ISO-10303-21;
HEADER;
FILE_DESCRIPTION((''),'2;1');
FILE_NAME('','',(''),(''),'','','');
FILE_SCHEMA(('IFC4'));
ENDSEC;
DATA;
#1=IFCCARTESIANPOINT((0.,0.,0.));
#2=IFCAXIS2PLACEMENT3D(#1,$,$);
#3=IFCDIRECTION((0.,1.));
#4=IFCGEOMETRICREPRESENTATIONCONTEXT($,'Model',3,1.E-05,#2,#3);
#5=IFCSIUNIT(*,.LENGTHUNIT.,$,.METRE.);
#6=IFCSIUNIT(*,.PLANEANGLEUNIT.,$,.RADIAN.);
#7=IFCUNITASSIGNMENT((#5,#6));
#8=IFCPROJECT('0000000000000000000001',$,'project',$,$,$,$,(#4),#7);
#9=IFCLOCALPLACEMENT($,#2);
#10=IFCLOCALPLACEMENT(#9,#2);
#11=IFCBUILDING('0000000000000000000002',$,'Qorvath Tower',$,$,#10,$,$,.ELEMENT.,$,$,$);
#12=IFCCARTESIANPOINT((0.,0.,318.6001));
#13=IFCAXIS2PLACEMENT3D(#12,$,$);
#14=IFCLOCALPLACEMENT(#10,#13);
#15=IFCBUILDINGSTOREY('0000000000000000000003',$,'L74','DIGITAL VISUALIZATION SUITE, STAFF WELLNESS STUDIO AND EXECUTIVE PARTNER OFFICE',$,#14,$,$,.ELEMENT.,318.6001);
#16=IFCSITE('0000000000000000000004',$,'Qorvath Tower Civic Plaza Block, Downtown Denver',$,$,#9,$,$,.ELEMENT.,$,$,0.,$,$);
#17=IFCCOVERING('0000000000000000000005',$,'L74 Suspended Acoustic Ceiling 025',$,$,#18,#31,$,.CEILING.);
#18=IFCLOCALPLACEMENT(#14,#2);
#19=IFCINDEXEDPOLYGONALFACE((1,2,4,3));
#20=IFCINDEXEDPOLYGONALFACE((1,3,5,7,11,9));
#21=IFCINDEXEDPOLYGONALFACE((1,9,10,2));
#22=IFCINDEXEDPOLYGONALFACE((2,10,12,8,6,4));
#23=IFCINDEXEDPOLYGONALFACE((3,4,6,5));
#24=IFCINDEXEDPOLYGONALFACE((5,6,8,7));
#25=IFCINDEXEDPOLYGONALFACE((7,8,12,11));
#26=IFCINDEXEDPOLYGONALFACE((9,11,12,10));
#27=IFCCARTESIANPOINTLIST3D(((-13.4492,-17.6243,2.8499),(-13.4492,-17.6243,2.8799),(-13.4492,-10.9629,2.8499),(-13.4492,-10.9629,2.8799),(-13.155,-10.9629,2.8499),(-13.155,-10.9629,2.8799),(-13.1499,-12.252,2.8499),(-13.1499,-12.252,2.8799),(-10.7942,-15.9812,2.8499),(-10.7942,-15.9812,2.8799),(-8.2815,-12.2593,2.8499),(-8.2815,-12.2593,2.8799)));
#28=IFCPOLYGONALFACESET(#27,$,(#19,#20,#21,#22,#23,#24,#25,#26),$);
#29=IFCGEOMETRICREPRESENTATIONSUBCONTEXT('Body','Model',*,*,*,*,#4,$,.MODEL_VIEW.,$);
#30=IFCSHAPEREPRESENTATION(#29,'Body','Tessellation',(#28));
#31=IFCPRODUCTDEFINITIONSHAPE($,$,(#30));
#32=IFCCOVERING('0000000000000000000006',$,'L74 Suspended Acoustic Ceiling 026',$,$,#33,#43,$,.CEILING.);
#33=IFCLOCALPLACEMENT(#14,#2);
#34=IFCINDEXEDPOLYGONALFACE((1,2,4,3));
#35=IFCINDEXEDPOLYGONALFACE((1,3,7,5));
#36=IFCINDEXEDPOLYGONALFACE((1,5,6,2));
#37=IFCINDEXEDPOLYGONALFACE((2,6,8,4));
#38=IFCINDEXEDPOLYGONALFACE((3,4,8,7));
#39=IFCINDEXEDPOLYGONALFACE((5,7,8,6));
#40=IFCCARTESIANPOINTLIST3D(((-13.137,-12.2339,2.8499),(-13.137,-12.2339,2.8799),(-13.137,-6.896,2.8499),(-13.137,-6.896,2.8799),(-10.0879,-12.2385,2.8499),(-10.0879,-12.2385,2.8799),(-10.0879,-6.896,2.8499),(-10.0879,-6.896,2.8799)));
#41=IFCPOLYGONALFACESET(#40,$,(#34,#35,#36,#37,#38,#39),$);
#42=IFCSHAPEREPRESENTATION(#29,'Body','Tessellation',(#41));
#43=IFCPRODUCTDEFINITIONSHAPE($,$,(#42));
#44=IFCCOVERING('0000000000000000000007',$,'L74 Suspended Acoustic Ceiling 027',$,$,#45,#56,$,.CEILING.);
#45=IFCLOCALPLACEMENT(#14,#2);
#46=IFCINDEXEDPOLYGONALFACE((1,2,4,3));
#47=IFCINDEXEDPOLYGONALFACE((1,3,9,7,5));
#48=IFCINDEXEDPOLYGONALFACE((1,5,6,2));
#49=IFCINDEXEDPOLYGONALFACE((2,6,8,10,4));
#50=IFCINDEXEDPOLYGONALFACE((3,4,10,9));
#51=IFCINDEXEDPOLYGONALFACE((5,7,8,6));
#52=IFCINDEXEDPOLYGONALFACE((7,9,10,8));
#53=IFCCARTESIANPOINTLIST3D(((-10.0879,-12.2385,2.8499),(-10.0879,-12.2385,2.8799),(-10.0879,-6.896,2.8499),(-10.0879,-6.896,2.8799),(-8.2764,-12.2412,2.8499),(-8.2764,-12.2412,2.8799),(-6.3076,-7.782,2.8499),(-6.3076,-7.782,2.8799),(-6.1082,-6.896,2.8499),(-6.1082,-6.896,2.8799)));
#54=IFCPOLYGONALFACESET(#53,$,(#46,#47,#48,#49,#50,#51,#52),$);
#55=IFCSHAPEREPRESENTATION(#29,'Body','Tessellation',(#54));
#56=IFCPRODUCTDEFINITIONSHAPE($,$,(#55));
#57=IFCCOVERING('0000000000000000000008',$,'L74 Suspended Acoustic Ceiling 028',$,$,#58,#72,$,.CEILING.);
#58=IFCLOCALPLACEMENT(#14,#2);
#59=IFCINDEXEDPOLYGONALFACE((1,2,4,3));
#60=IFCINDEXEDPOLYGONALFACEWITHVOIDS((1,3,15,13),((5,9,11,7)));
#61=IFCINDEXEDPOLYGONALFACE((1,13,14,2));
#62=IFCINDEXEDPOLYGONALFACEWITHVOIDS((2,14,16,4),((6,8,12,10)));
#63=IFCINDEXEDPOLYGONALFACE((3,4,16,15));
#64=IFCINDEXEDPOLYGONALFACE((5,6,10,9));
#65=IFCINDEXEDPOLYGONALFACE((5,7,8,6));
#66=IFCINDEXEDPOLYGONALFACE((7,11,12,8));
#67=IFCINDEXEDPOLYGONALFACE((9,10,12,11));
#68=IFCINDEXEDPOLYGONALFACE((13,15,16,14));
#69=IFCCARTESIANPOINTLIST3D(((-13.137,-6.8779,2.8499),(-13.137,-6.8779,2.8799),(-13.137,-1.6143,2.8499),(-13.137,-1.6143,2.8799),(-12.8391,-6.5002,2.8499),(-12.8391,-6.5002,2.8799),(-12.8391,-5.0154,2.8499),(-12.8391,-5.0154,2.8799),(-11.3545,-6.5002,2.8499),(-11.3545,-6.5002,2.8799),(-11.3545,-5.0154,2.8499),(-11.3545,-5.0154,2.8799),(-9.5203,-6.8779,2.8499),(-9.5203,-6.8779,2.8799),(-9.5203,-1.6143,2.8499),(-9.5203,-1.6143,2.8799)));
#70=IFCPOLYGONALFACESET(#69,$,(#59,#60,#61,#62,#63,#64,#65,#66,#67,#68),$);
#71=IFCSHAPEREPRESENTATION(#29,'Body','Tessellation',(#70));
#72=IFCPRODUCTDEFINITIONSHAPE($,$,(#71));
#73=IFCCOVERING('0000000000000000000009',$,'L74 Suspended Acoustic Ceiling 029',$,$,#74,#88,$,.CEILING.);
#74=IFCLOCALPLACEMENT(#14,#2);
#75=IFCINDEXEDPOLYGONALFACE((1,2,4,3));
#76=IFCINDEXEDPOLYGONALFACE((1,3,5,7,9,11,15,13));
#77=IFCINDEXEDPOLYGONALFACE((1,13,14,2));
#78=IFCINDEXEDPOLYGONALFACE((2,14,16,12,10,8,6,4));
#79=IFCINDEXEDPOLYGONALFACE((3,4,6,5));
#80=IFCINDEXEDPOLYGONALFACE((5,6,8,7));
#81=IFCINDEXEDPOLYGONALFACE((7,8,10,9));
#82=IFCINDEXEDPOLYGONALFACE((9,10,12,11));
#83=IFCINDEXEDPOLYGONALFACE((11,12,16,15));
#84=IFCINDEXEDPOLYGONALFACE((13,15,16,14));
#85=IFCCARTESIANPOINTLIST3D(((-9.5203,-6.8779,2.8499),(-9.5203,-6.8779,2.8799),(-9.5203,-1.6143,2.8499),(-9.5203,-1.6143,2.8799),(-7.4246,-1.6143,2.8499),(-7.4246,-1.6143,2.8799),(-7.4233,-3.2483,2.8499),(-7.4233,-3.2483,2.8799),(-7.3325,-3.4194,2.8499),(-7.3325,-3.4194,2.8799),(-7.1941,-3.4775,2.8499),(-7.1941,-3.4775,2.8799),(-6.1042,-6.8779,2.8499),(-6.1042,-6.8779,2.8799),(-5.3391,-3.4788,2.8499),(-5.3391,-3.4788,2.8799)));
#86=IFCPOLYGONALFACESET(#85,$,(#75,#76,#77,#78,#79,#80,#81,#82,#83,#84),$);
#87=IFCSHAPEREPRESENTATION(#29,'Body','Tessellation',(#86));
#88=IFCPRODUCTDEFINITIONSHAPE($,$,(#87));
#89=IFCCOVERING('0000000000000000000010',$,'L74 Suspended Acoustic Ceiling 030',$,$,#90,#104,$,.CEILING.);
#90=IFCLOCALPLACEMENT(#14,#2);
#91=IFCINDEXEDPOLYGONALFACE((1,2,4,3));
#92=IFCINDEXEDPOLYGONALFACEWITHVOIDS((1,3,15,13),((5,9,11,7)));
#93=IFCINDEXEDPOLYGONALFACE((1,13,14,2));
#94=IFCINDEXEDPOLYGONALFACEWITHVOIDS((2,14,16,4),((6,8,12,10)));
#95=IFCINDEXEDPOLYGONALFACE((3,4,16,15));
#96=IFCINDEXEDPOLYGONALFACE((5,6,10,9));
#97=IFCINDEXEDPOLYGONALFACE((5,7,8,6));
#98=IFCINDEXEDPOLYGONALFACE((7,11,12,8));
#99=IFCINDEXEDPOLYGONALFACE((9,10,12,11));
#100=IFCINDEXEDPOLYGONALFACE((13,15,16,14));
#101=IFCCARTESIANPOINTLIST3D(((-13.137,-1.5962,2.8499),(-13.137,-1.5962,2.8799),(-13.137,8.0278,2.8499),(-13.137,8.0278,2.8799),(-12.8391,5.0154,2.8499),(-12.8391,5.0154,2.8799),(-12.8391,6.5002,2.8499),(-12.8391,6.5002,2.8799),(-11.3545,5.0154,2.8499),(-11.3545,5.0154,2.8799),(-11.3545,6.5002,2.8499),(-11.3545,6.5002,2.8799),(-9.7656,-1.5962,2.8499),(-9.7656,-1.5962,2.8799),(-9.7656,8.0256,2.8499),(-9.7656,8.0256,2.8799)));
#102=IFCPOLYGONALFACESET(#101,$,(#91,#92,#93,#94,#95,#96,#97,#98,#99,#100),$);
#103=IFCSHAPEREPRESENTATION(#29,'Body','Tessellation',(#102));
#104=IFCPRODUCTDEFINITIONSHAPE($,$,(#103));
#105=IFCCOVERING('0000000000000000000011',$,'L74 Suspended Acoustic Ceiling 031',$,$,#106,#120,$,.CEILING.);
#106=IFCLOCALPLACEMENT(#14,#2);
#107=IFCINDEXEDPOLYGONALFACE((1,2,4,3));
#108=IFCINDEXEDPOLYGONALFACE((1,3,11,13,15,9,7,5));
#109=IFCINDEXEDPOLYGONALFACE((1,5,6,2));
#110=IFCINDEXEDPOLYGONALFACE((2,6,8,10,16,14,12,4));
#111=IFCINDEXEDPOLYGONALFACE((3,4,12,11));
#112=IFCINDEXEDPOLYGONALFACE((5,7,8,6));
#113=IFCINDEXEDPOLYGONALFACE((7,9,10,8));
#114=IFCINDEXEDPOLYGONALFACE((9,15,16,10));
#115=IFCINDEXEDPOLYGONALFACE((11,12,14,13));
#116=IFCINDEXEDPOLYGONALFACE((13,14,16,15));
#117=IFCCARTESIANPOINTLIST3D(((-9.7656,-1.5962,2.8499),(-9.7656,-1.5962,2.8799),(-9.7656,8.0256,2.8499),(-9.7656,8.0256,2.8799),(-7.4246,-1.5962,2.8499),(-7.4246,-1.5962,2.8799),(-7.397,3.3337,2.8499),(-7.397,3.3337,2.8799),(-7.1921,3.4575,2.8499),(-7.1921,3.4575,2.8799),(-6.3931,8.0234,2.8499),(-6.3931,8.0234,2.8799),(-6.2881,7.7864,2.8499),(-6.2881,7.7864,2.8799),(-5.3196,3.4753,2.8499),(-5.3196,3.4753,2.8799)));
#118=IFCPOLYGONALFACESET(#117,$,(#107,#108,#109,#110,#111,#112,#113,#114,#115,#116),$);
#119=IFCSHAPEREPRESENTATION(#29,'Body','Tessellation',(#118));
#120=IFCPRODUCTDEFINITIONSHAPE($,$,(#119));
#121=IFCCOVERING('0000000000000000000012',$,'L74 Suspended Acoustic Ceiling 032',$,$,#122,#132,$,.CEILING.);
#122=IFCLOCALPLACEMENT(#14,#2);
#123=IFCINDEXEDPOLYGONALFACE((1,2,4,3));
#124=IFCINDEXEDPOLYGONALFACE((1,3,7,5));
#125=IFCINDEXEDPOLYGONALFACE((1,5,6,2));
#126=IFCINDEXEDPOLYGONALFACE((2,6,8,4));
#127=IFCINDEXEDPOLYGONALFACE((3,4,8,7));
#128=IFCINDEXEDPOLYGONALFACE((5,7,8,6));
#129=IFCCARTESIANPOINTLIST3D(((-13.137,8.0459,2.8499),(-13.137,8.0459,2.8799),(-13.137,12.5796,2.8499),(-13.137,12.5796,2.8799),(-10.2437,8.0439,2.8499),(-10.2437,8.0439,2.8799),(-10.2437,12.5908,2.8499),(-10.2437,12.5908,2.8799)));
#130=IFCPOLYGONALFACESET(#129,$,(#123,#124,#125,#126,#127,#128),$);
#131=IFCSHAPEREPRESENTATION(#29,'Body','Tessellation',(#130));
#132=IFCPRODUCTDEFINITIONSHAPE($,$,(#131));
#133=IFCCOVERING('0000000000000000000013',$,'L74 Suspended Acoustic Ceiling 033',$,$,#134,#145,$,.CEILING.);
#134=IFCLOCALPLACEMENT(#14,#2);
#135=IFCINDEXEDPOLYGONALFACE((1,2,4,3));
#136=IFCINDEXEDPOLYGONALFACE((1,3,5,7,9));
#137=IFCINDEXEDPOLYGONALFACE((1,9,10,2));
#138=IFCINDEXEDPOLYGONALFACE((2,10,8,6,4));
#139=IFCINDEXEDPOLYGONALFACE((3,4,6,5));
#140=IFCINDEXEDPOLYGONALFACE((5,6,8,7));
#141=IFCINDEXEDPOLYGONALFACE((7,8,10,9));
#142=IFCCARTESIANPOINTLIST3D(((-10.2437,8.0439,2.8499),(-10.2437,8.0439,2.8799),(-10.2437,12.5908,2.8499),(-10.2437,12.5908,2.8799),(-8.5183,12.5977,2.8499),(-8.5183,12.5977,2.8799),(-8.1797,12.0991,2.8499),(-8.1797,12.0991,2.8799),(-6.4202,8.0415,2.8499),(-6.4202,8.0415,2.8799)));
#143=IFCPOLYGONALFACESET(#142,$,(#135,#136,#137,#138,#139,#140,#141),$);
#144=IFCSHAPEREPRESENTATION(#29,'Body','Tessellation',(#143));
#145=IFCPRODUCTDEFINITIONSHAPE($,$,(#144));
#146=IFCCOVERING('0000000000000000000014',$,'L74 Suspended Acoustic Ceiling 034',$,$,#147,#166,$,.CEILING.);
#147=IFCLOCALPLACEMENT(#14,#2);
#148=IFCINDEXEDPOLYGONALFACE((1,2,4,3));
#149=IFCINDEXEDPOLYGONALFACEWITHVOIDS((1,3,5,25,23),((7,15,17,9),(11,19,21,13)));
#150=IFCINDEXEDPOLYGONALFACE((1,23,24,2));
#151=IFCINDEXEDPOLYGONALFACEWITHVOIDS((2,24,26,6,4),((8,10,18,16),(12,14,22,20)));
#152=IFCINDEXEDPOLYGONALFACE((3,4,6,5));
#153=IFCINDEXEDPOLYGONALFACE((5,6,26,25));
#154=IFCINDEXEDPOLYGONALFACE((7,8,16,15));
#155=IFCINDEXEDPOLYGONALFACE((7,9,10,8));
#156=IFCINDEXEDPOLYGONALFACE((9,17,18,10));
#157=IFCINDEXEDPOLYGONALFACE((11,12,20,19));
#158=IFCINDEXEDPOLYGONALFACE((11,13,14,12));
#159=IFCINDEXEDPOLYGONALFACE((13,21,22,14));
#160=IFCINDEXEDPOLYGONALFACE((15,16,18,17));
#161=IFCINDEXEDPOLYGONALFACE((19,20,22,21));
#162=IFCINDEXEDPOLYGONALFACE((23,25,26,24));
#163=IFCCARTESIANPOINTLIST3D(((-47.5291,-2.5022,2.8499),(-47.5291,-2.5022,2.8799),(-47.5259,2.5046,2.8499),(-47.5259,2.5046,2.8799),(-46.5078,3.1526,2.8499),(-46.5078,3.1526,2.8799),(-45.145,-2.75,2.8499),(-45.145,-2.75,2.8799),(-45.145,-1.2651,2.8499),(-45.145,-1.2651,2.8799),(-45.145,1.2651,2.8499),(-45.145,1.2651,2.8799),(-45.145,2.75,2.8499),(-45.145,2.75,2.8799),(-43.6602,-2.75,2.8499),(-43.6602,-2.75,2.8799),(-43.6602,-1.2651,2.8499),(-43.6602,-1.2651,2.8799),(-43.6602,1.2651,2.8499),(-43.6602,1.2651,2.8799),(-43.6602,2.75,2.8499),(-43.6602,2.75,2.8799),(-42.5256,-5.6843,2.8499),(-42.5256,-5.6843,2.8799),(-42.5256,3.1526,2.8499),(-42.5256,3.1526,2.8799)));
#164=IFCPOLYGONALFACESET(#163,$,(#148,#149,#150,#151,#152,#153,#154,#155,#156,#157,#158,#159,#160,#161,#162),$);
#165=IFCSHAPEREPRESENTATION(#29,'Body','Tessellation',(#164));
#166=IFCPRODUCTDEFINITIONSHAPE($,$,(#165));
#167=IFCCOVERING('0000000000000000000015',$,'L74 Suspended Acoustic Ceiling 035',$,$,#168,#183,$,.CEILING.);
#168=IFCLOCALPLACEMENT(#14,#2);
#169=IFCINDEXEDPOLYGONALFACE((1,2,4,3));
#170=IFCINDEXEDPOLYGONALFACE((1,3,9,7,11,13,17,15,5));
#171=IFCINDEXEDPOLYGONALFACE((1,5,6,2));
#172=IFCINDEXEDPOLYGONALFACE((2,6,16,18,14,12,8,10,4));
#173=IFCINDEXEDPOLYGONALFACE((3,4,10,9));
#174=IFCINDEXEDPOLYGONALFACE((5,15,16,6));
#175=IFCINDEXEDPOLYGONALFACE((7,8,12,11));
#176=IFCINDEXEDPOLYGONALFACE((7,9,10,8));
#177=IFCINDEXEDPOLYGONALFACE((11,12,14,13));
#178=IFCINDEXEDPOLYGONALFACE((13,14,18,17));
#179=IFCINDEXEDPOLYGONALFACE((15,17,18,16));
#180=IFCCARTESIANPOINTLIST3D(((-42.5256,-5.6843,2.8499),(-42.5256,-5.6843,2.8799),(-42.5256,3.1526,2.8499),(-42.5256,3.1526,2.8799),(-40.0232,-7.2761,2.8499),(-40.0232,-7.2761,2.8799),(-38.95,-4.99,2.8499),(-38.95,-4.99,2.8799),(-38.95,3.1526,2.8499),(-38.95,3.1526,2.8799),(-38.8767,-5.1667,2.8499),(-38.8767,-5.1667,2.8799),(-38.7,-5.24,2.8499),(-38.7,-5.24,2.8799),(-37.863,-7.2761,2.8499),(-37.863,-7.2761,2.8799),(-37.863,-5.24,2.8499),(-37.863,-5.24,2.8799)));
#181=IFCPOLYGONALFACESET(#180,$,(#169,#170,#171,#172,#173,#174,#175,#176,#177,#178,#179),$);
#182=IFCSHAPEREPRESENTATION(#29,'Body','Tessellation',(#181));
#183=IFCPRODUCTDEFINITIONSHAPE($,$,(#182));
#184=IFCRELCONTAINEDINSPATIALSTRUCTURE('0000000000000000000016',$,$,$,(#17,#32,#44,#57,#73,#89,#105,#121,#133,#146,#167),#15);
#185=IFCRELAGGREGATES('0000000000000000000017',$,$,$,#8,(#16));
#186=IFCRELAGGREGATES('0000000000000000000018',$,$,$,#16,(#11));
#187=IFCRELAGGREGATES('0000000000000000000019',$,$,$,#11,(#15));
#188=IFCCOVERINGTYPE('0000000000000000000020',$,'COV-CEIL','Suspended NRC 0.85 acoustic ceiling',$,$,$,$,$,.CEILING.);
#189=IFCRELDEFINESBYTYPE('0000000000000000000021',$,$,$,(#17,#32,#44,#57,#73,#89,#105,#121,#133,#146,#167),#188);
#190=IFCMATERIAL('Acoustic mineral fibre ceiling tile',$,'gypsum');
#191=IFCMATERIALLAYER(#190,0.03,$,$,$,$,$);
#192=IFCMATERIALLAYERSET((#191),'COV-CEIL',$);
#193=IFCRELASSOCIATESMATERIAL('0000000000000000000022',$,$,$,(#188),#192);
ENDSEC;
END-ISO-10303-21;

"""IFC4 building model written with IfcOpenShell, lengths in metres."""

from ifc_helpers import new_model, si_unit, direction, frame, origin, place, context, subcontext, project, spatial, polyline, outline, extrude, material, layer, layer_set, type_object, element, save


model = new_model("IFC4")

# Units and contexts
model_context = context("Model", 3, precision=1e-05, world=origin(), true_north=direction((0.0, 1.0)))
body_context = subcontext(model_context, "Body", "Model", "MODEL_VIEW")
ifc_project = project(units=[si_unit("LENGTHUNIT", "METRE"), si_unit("PLANEANGLEUNIT", "RADIAN")], contexts=[model_context])

# Site, building, storey
site_placement = place(None, origin())
site = spatial("IfcSite", under=ifc_project, at=site_placement, Name="Qorvath Tower Civic Plaza Block, Downtown Denver", CompositionType="ELEMENT", RefElevation=0.0)
building_placement = place(site_placement, origin())
building = spatial("IfcBuilding", under=site, at=building_placement, Name="Qorvath Tower", CompositionType="ELEMENT")
storey_placement = place(building_placement, frame((0.0, 0.0, 318.6001)))
storey = spatial("IfcBuildingStorey", under=building, at=storey_placement, Name="L74", Description="DIGITAL VISUALIZATION SUITE, STAFF WELLNESS STUDIO AND EXECUTIVE PARTNER OFFICE", CompositionType="ELEMENT", Elevation=318.6001)

# Coverings
ifc_material_1 = material(Name="Acoustic mineral fibre ceiling tile", Category="gypsum")
ifc_layer_1 = layer(ifc_material_1, 0.03)
ifc_layer_set_1 = layer_set([ifc_layer_1], Name="COV-CEIL")
covering_type_1 = type_object("IfcCoveringType", Name="COV-CEIL", Description="Suspended NRC 0.85 acoustic ceiling", PredefinedType="CEILING", material=ifc_layer_set_1)
covering_1_placement = place(storey_placement, frame((0.0, 0.0, 2.8499)))
element("IfcCovering", 1, at=covering_1_placement, inside=storey, type_object=covering_type_1, Name="L74 Suspended Acoustic Ceiling 025", PredefinedType="CEILING", context=body_context, shape_type="SweptSolid", body=[
    extrude(outline(polyline([(-13.155, -10.9629), (-13.4492, -10.9629), (-13.4492, -17.6243), (-10.7942, -15.9812), (-8.2815, -12.2593), (-13.1499, -12.252), (-13.155, -10.9629)])), origin(), (0.0, 0.0, 1.0), 0.03),
])
covering_2_placement = place(storey_placement, frame((0.0, 0.0, 2.8499)))
element("IfcCovering", 2, at=covering_2_placement, inside=storey, type_object=covering_type_1, Name="L74 Suspended Acoustic Ceiling 026", PredefinedType="CEILING", context=body_context, shape_type="SweptSolid", body=[
    extrude(outline(polyline([(-13.137, -12.2339), (-10.0879, -12.2385), (-10.0879, -6.896), (-13.137, -6.896), (-13.137, -12.2339)])), origin(), (0.0, 0.0, 1.0), 0.03),
])
covering_3_placement = place(storey_placement, frame((0.0, 0.0, 2.8499)))
element("IfcCovering", 3, at=covering_3_placement, inside=storey, type_object=covering_type_1, Name="L74 Suspended Acoustic Ceiling 027", PredefinedType="CEILING", context=body_context, shape_type="SweptSolid", body=[
    extrude(outline(polyline([(-10.0879, -6.896), (-10.0879, -12.2385), (-8.2764, -12.2412), (-6.3076, -7.782), (-6.1082, -6.896), (-10.0879, -6.896)])), origin(), (0.0, 0.0, 1.0), 0.03),
])
covering_4_placement = place(storey_placement, frame((0.0, 0.0, 2.8499)))
element("IfcCovering", 4, at=covering_4_placement, inside=storey, type_object=covering_type_1, Name="L74 Suspended Acoustic Ceiling 028", PredefinedType="CEILING", context=body_context, shape_type="SweptSolid", body=[
    extrude(outline(polyline([(-9.5203, -6.8779), (-9.5203, -1.6143), (-13.137, -1.6143), (-13.137, -6.8779), (-9.5203, -6.8779)]), holes=[polyline([(-12.8391, -6.5002), (-12.8391, -5.0154), (-11.3545, -5.0154), (-11.3545, -6.5002), (-12.8391, -6.5002)])]), origin(), (0.0, 0.0, 1.0), 0.03),
])
covering_5_placement = place(storey_placement, frame((0.0, 0.0, 2.8499)))
element("IfcCovering", 5, at=covering_5_placement, inside=storey, type_object=covering_type_1, Name="L74 Suspended Acoustic Ceiling 029", PredefinedType="CEILING", context=body_context, shape_type="SweptSolid", body=[
    extrude(outline(polyline([(-7.3325, -3.4194), (-7.4233, -3.2483), (-7.4246, -1.6143), (-9.5203, -1.6143), (-9.5203, -6.8779), (-6.1042, -6.8779), (-5.3391, -3.4788), (-7.1941, -3.4775), (-7.3325, -3.4194)])), origin(), (0.0, 0.0, 1.0), 0.03),
])
covering_6_placement = place(storey_placement, frame((0.0, 0.0, 2.8499)))
element("IfcCovering", 6, at=covering_6_placement, inside=storey, type_object=covering_type_1, Name="L74 Suspended Acoustic Ceiling 030", PredefinedType="CEILING", context=body_context, shape_type="SweptSolid", body=[
    extrude(outline(polyline([(-9.7656, -1.5962), (-9.7656, 8.0256), (-13.137, 8.0278), (-13.137, -1.5962), (-9.7656, -1.5962)]), holes=[polyline([(-12.8391, 5.0154), (-12.8391, 6.5002), (-11.3545, 6.5002), (-11.3545, 5.0154), (-12.8391, 5.0154)])]), origin(), (0.0, 0.0, 1.0), 0.03),
])
covering_7_placement = place(storey_placement, frame((0.0, 0.0, 2.8499)))
element("IfcCovering", 7, at=covering_7_placement, inside=storey, type_object=covering_type_1, Name="L74 Suspended Acoustic Ceiling 031", PredefinedType="CEILING", context=body_context, shape_type="SweptSolid", body=[
    extrude(outline(polyline([(-7.4246, -1.5962), (-7.397, 3.3337), (-7.1921, 3.4575), (-5.3196, 3.4753), (-6.2881, 7.7864), (-6.3931, 8.0234), (-9.7656, 8.0256), (-9.7656, -1.5962), (-7.4246, -1.5962)])), origin(), (0.0, 0.0, 1.0), 0.03),
])
covering_8_placement = place(storey_placement, frame((0.0, 0.0, 2.8499)))
element("IfcCovering", 8, at=covering_8_placement, inside=storey, type_object=covering_type_1, Name="L74 Suspended Acoustic Ceiling 032", PredefinedType="CEILING", context=body_context, shape_type="SweptSolid", body=[
    extrude(outline(polyline([(-13.137, 12.5796), (-13.137, 8.0459), (-10.2437, 8.0439), (-10.2437, 12.5908), (-13.137, 12.5796)])), origin(), (0.0, 0.0, 1.0), 0.03),
])
covering_9_placement = place(storey_placement, frame((0.0, 0.0, 2.8499)))
element("IfcCovering", 9, at=covering_9_placement, inside=storey, type_object=covering_type_1, Name="L74 Suspended Acoustic Ceiling 033", PredefinedType="CEILING", context=body_context, shape_type="SweptSolid", body=[
    extrude(outline(polyline([(-10.2437, 12.5908), (-10.2437, 8.0439), (-6.4202, 8.0415), (-8.1797, 12.0991), (-8.5183, 12.5977), (-10.2437, 12.5908)])), origin(), (0.0, 0.0, 1.0), 0.03),
])
covering_10_placement = place(storey_placement, frame((0.0, 0.0, 2.8499)))
element("IfcCovering", 10, at=covering_10_placement, inside=storey, type_object=covering_type_1, Name="L74 Suspended Acoustic Ceiling 034", PredefinedType="CEILING", context=body_context, shape_type="SweptSolid", body=[
    extrude(outline(polyline([(-47.5259, 2.5046), (-47.5291, -2.5022), (-42.5256, -5.6843), (-42.5256, 3.1526), (-46.5078, 3.1526), (-47.5259, 2.5046)]), holes=[polyline([(-45.145, -2.75), (-45.145, -1.2651), (-43.6602, -1.2651), (-43.6602, -2.75), (-45.145, -2.75)]), polyline([(-45.145, 1.2651), (-45.145, 2.75), (-43.6602, 2.75), (-43.6602, 1.2651), (-45.145, 1.2651)])]), origin(), (0.0, 0.0, 1.0), 0.03),
])
covering_11_placement = place(storey_placement, frame((0.0, 0.0, 2.8499)))
element("IfcCovering", 11, at=covering_11_placement, inside=storey, type_object=covering_type_1, Name="L74 Suspended Acoustic Ceiling 035", PredefinedType="CEILING", context=body_context, shape_type="SweptSolid", body=[
    extrude(outline(polyline([(-42.5256, 3.1526), (-42.5256, -5.6843), (-40.0232, -7.2761), (-37.863, -7.2761), (-37.863, -5.24), (-38.7, -5.24), (-38.8767, -5.1667), (-38.95, -4.99), (-38.95, 3.1526), (-42.5256, 3.1526)])), origin(), (0.0, 0.0, 1.0), 0.03),
])

save(model, "model.ifc")
